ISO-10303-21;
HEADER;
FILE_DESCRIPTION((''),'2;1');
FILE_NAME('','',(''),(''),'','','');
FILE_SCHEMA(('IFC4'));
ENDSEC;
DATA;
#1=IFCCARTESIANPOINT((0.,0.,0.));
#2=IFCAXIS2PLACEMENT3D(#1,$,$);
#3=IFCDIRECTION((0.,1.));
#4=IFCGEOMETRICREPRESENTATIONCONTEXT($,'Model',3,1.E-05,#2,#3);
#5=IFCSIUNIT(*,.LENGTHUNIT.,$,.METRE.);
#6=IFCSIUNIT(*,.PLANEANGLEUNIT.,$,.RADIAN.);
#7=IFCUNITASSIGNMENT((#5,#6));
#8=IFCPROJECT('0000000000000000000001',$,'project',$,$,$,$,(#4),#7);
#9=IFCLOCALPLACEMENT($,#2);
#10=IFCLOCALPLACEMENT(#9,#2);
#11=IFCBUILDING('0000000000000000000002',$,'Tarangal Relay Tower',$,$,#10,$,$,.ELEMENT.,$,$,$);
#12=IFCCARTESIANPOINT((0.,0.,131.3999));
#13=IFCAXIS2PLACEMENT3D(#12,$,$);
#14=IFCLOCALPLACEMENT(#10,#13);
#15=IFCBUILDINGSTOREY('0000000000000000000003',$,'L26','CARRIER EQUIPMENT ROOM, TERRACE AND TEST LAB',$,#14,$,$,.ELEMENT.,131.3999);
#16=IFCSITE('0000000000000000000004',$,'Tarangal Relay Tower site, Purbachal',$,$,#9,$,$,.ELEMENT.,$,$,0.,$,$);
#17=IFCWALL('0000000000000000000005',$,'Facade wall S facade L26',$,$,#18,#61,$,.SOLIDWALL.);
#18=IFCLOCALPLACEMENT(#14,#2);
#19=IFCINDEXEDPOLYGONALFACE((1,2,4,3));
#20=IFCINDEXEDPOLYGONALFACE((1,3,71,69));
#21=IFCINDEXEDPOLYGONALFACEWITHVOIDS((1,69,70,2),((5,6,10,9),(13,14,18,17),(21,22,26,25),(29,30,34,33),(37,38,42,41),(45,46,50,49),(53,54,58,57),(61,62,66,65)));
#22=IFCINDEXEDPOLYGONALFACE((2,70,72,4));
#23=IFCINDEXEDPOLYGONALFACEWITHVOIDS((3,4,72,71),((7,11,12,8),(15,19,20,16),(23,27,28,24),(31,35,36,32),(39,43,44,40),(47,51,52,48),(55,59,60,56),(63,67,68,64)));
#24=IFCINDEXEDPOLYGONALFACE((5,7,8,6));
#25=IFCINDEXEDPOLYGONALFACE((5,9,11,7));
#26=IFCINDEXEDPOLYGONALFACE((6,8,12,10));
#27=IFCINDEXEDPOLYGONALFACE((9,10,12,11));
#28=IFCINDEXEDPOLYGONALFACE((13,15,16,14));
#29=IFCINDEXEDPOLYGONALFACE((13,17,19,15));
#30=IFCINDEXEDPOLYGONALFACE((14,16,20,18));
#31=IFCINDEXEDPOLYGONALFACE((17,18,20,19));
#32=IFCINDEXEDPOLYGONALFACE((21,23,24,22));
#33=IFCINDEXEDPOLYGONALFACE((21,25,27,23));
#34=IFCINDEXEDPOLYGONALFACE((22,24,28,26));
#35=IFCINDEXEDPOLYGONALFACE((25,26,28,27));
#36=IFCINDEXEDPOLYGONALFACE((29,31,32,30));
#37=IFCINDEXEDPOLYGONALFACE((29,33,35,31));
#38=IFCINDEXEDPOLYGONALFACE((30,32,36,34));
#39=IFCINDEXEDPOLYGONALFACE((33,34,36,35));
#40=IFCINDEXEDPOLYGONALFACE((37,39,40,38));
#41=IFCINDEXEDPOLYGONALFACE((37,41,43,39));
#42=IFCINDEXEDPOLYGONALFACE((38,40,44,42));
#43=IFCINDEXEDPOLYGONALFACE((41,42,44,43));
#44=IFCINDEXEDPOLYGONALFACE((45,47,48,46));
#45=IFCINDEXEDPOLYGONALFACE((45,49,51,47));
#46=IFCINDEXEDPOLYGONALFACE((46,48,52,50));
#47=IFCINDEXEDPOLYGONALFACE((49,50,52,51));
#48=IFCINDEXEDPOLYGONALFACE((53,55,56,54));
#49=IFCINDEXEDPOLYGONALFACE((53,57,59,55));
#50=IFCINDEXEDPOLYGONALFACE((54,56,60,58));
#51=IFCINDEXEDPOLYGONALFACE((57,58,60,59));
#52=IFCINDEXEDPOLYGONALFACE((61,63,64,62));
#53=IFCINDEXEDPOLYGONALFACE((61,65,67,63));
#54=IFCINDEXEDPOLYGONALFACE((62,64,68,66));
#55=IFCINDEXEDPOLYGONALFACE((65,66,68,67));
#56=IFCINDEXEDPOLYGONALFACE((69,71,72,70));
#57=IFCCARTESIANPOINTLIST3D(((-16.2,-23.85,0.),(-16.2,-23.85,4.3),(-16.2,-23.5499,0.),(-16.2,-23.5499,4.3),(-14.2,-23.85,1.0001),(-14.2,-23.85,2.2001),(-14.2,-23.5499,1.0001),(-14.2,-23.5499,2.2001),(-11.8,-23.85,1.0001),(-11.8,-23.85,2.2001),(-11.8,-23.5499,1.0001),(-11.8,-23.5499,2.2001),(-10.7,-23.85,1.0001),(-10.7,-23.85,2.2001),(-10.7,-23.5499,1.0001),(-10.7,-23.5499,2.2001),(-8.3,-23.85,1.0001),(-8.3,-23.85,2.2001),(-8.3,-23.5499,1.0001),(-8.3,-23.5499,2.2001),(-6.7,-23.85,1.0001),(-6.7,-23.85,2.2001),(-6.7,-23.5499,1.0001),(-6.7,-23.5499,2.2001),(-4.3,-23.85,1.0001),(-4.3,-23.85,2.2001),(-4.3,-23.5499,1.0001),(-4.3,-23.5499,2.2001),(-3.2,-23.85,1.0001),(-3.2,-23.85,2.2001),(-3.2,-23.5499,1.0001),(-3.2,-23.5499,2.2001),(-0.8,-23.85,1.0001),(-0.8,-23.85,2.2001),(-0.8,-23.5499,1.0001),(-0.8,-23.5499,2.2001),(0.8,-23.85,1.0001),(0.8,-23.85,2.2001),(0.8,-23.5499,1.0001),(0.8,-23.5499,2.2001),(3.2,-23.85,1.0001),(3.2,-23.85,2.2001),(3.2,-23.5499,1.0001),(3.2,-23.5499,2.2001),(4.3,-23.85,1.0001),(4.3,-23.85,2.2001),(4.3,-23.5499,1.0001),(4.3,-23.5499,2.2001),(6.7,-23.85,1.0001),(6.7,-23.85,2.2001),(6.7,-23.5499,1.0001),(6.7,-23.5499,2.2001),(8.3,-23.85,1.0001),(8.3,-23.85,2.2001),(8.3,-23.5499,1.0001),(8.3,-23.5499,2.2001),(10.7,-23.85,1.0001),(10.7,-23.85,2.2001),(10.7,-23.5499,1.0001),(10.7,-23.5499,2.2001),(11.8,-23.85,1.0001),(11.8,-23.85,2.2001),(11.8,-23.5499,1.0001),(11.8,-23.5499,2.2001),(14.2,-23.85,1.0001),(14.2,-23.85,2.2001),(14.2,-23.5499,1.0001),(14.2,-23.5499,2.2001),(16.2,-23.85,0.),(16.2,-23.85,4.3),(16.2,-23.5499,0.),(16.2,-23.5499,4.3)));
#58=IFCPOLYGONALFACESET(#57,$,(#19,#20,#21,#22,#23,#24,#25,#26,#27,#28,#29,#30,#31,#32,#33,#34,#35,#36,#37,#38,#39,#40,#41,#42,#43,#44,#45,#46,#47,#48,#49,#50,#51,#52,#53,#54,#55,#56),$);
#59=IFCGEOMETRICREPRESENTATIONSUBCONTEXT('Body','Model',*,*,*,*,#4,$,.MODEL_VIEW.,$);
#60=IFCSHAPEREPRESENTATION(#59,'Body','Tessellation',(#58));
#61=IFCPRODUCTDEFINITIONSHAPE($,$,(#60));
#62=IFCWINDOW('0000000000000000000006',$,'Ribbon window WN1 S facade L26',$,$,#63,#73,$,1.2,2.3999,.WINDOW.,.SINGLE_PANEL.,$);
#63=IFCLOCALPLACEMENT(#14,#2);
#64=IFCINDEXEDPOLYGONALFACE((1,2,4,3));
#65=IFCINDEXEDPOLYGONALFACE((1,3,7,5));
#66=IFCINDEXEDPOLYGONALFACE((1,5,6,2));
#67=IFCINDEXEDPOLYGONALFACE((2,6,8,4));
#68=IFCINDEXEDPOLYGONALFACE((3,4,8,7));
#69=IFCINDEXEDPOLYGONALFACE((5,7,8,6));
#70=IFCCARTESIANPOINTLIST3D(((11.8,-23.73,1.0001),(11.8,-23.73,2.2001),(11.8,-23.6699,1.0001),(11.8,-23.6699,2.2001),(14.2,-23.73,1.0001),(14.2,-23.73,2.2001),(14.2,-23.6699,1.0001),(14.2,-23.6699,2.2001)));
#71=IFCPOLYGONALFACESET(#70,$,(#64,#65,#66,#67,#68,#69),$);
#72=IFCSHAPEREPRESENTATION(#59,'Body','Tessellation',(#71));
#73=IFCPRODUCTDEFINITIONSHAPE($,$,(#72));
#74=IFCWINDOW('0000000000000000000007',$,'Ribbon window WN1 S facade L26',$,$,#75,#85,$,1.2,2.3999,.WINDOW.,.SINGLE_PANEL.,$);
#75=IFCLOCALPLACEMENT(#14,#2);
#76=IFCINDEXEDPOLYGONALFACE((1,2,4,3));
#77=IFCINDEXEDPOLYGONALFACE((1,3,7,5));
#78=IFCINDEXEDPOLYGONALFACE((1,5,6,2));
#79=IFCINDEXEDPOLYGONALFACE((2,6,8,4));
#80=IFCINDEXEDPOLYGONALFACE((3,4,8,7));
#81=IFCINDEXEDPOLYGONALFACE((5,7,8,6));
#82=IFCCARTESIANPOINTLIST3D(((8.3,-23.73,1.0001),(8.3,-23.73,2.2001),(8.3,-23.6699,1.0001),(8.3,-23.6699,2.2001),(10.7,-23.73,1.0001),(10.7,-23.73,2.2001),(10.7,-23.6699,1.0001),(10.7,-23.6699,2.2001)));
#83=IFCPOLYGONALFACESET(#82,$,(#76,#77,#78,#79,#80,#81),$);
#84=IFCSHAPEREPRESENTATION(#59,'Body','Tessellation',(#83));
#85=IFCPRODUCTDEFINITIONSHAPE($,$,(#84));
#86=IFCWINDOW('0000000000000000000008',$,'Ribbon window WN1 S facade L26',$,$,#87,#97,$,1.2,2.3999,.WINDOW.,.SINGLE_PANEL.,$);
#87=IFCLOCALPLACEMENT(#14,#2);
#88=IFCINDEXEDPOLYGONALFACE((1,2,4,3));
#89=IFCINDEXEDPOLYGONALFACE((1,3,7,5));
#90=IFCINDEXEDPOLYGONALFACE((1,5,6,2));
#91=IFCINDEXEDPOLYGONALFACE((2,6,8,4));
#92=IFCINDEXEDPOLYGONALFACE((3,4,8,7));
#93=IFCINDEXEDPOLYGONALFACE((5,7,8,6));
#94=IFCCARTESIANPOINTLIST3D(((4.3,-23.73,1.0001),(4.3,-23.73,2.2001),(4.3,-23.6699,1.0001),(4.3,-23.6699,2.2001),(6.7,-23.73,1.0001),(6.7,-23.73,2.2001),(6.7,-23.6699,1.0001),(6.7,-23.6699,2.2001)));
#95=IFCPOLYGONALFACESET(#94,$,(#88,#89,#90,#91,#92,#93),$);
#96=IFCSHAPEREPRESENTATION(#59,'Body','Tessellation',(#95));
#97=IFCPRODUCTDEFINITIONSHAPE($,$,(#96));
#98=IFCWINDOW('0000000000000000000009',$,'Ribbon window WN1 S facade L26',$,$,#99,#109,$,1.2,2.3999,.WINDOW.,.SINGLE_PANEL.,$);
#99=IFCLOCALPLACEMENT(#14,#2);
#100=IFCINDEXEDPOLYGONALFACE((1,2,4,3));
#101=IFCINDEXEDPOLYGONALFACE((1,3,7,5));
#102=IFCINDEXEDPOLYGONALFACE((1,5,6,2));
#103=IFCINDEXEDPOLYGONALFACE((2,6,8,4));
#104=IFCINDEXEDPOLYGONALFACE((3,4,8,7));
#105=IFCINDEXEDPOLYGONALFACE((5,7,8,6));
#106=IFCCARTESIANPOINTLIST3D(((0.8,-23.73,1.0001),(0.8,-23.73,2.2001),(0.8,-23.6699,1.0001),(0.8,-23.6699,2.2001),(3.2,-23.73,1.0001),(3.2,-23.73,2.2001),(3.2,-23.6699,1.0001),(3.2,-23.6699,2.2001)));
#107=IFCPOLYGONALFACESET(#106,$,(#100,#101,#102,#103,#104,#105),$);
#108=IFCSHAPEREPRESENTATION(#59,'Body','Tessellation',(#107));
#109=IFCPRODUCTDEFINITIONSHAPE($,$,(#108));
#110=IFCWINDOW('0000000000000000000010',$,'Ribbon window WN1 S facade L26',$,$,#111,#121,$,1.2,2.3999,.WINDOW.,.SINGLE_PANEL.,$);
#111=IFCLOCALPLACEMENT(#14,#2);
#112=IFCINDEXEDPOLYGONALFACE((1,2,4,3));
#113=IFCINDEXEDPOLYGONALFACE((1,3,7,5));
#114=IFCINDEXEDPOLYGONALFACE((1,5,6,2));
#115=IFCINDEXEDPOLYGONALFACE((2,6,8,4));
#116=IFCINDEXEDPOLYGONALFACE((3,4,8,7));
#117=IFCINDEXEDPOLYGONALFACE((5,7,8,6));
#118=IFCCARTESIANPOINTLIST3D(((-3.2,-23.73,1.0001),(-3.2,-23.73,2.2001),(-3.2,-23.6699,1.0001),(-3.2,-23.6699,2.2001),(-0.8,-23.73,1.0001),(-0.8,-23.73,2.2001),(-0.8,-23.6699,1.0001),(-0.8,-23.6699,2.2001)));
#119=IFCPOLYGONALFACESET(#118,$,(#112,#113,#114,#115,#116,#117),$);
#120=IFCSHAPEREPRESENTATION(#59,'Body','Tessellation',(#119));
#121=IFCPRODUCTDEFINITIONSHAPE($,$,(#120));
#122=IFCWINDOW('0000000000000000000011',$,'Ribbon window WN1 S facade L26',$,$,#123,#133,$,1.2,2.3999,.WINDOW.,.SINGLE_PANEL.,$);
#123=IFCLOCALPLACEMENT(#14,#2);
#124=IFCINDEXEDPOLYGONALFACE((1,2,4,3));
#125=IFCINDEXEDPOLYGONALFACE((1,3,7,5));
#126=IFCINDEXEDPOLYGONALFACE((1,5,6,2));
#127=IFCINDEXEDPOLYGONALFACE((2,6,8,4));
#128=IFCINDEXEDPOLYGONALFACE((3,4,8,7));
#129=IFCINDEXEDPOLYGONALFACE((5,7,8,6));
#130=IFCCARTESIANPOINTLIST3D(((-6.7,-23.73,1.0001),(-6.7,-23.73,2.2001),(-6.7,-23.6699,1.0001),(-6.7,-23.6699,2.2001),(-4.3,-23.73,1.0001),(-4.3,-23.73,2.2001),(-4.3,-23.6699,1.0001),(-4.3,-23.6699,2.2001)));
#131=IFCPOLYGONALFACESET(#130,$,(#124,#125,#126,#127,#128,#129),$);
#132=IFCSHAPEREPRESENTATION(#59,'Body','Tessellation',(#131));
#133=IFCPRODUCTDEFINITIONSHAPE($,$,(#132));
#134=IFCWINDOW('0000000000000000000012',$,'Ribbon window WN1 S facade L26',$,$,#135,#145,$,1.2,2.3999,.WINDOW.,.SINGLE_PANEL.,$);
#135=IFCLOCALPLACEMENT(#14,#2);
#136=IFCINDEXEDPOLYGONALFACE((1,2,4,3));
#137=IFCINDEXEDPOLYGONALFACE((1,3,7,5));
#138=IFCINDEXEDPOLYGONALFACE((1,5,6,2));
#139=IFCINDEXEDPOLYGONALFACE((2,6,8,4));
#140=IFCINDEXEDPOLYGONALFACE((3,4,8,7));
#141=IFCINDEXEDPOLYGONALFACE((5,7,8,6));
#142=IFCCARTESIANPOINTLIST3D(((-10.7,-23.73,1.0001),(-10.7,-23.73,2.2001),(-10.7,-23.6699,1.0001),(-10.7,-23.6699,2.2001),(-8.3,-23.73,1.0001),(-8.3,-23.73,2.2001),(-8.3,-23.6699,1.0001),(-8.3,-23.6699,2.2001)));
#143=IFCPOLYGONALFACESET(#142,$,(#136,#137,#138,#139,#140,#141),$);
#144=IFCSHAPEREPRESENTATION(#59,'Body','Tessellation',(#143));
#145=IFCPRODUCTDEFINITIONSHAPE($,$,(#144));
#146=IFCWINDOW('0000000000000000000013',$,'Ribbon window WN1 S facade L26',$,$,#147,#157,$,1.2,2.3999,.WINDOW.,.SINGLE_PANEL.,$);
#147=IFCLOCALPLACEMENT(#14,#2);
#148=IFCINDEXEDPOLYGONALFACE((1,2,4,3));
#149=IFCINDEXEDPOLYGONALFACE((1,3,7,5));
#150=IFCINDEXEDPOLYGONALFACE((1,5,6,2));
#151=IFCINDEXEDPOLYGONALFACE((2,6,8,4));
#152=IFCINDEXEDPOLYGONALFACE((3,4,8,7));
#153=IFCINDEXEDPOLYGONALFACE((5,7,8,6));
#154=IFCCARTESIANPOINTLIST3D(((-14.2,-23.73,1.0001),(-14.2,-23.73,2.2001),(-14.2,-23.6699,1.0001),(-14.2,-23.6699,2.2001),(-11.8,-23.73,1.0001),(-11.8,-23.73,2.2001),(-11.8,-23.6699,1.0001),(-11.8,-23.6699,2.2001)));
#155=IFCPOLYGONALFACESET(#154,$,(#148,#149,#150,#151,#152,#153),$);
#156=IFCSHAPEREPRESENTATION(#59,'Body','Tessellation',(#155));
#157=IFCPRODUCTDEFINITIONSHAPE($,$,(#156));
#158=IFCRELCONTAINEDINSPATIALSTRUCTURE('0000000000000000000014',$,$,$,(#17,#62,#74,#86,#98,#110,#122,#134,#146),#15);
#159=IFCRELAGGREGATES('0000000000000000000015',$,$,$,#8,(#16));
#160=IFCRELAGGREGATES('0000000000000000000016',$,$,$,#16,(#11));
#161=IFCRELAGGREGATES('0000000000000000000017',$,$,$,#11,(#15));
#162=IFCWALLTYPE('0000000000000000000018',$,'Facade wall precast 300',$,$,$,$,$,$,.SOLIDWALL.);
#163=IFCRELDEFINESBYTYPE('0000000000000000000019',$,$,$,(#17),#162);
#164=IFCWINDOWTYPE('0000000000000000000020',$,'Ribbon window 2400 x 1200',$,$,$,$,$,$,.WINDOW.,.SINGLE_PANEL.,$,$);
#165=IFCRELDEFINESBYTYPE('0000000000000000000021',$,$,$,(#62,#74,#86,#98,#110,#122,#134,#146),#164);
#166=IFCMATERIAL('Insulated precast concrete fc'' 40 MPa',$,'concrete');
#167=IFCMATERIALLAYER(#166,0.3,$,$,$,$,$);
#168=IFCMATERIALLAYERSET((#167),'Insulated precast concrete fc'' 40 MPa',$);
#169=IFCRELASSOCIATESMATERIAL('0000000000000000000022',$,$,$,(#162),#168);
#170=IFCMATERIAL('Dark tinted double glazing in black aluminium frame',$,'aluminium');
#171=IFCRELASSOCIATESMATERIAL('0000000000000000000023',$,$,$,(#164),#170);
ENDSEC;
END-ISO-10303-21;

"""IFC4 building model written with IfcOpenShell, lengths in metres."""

from ifc_helpers import new_model, si_unit, direction, frame, frame_2d, origin, place, context, subcontext, project, spatial, rectangle, extrude, material, layer, layer_set, type_object, element, fill, save


model = new_model("IFC4")

# Units and contexts
model_context = context("Model", 3, precision=1e-05, world=origin(), true_north=direction((0.0, 1.0)))
body_context = subcontext(model_context, "Body", "Model", "MODEL_VIEW")
ifc_project = project(units=[si_unit("LENGTHUNIT", "METRE"), si_unit("PLANEANGLEUNIT", "RADIAN")], contexts=[model_context])

# Site, building, storey
site_placement = place(None, origin())
site = spatial("IfcSite", under=ifc_project, at=site_placement, Name="Tarangal Relay Tower site, Purbachal", CompositionType="ELEMENT", RefElevation=0.0)
building_placement = place(site_placement, origin())
building = spatial("IfcBuilding", under=site, at=building_placement, Name="Tarangal Relay Tower", CompositionType="ELEMENT")
storey_placement = place(building_placement, frame((0.0, 0.0, 131.3999)))
storey = spatial("IfcBuildingStorey", under=building, at=storey_placement, Name="L26", Description="CARRIER EQUIPMENT ROOM, TERRACE AND TEST LAB", CompositionType="ELEMENT", Elevation=131.3999)

# Shared definitions
ifc_material_1 = material(Name="Insulated precast concrete fc' 40 MPa", Category="concrete")
ifc_layer_1 = layer(ifc_material_1, 0.3)
ifc_layer_set_1 = layer_set([ifc_layer_1], Name="Insulated precast concrete fc' 40 MPa")
wall_type_1 = type_object("IfcWallType", Name="Facade wall precast 300", PredefinedType="SOLIDWALL", material=ifc_layer_set_1)

# Wall, openings, windows
wall_1_placement = place(storey_placement, frame((16.2, -23.7, 0.0), z_axis=(0.0, 0.0, 1.0), x_axis=(-1.0, 0.0, 0.0)))
wall_1 = element("IfcWall", 1, at=wall_1_placement, inside=storey, type_object=wall_type_1, Name="Facade wall S facade L26", PredefinedType="SOLIDWALL", context=body_context, shape_type="SweptSolid", body=[
    extrude(rectangle(XDim=32.3999, YDim=0.3, at=frame_2d((16.2, 0.0))), origin(), (0.0, 0.0, 1.0), 4.3),
])
opening_1_placement = place(wall_1_placement, frame((2.0, 0.0, 1.0)))
opening_1 = element("IfcOpeningElement", 2, at=opening_1_placement, cuts=wall_1, PredefinedType="OPENING", context=body_context, shape_type="SweptSolid", body=[
    extrude(rectangle(XDim=2.3999, YDim=1.2, at=frame_2d((1.2, 0.6001))), frame((0.0, 0.1599, 0.0), z_axis=(0.0, -1.0, 0.0), x_axis=(1.0, 0.0, 0.0)), (0.0, 0.0, 1.0), 0.3201),
])
opening_2_placement = place(wall_1_placement, frame((5.5, 0.0, 1.0)))
opening_2 = element("IfcOpeningElement", 3, at=opening_2_placement, cuts=wall_1, PredefinedType="OPENING", context=body_context, shape_type="SweptSolid", body=[
    extrude(rectangle(XDim=2.3999, YDim=1.2, at=frame_2d((1.2, 0.6001))), frame((0.0, 0.1599, 0.0), z_axis=(0.0, -1.0, 0.0), x_axis=(1.0, 0.0, 0.0)), (0.0, 0.0, 1.0), 0.3201),
])
opening_3_placement = place(wall_1_placement, frame((9.5, 0.0, 1.0)))
opening_3 = element("IfcOpeningElement", 4, at=opening_3_placement, cuts=wall_1, PredefinedType="OPENING", context=body_context, shape_type="SweptSolid", body=[
    extrude(rectangle(XDim=2.3999, YDim=1.2, at=frame_2d((1.2, 0.6001))), frame((0.0, 0.1599, 0.0), z_axis=(0.0, -1.0, 0.0), x_axis=(1.0, 0.0, 0.0)), (0.0, 0.0, 1.0), 0.3201),
])
opening_4_placement = place(wall_1_placement, frame((13.0, 0.0, 1.0)))
opening_4 = element("IfcOpeningElement", 5, at=opening_4_placement, cuts=wall_1, PredefinedType="OPENING", context=body_context, shape_type="SweptSolid", body=[
    extrude(rectangle(XDim=2.3999, YDim=1.2, at=frame_2d((1.2, 0.6001))), frame((0.0, 0.1599, 0.0), z_axis=(0.0, -1.0, 0.0), x_axis=(1.0, 0.0, 0.0)), (0.0, 0.0, 1.0), 0.3201),
])
opening_5_placement = place(wall_1_placement, frame((17.0, 0.0, 1.0)))
opening_5 = element("IfcOpeningElement", 6, at=opening_5_placement, cuts=wall_1, PredefinedType="OPENING", context=body_context, shape_type="SweptSolid", body=[
    extrude(rectangle(XDim=2.3999, YDim=1.2, at=frame_2d((1.2, 0.6001))), frame((0.0, 0.1599, 0.0), z_axis=(0.0, -1.0, 0.0), x_axis=(1.0, 0.0, 0.0)), (0.0, 0.0, 1.0), 0.3201),
])
opening_6_placement = place(wall_1_placement, frame((20.5, 0.0, 1.0)))
opening_6 = element("IfcOpeningElement", 7, at=opening_6_placement, cuts=wall_1, PredefinedType="OPENING", context=body_context, shape_type="SweptSolid", body=[
    extrude(rectangle(XDim=2.3999, YDim=1.2, at=frame_2d((1.2, 0.6001))), frame((0.0, 0.1599, 0.0), z_axis=(0.0, -1.0, 0.0), x_axis=(1.0, 0.0, 0.0)), (0.0, 0.0, 1.0), 0.3201),
])
opening_7_placement = place(wall_1_placement, frame((24.5, 0.0, 1.0)))
opening_7 = element("IfcOpeningElement", 8, at=opening_7_placement, cuts=wall_1, PredefinedType="OPENING", context=body_context, shape_type="SweptSolid", body=[
    extrude(rectangle(XDim=2.3999, YDim=1.2, at=frame_2d((1.2, 0.6001))), frame((0.0, 0.1599, 0.0), z_axis=(0.0, -1.0, 0.0), x_axis=(1.0, 0.0, 0.0)), (0.0, 0.0, 1.0), 0.3201),
])
opening_8_placement = place(wall_1_placement, frame((28.0, 0.0, 1.0)))
opening_8 = element("IfcOpeningElement", 9, at=opening_8_placement, cuts=wall_1, PredefinedType="OPENING", context=body_context, shape_type="SweptSolid", body=[
    extrude(rectangle(XDim=2.3999, YDim=1.2, at=frame_2d((1.2, 0.6001))), frame((0.0, 0.1599, 0.0), z_axis=(0.0, -1.0, 0.0), x_axis=(1.0, 0.0, 0.0)), (0.0, 0.0, 1.0), 0.3201),
])
ifc_material_2 = material(Name="Dark tinted double glazing in black aluminium frame", Category="aluminium")
window_type = type_object("IfcWindowType", Name="Ribbon window 2400 x 1200", PartitioningType="SINGLE_PANEL", PredefinedType="WINDOW", material=ifc_material_2)
window_1_placement = place(opening_1_placement, origin())
window_1 = element("IfcWindow", 10, at=window_1_placement, inside=storey, type_object=window_type, Name="Ribbon window WN1 S facade L26", OverallHeight=1.2, OverallWidth=2.3999, PartitioningType="SINGLE_PANEL", PredefinedType="WINDOW", context=body_context, shape_type="SweptSolid", body=[
    extrude(rectangle(XDim=2.3999, YDim=1.2, at=frame_2d((1.2, 0.6001))), frame((0.0, 0.03, 0.0), z_axis=(0.0, -1.0, 0.0), x_axis=(1.0, 0.0, 0.0)), (0.0, 0.0, 1.0), 0.0601),
])
fill(opening_1, window_1)
window_2_placement = place(opening_2_placement, origin())
window_2 = element("IfcWindow", 11, at=window_2_placement, inside=storey, type_object=window_type, Name="Ribbon window WN1 S facade L26", OverallHeight=1.2, OverallWidth=2.3999, PartitioningType="SINGLE_PANEL", PredefinedType="WINDOW", context=body_context, shape_type="SweptSolid", body=[
    extrude(rectangle(XDim=2.3999, YDim=1.2, at=frame_2d((1.2, 0.6001))), frame((0.0, 0.03, 0.0), z_axis=(0.0, -1.0, 0.0), x_axis=(1.0, 0.0, 0.0)), (0.0, 0.0, 1.0), 0.0601),
])
fill(opening_2, window_2)
window_3_placement = place(opening_3_placement, origin())
window_3 = element("IfcWindow", 12, at=window_3_placement, inside=storey, type_object=window_type, Name="Ribbon window WN1 S facade L26", OverallHeight=1.2, OverallWidth=2.3999, PartitioningType="SINGLE_PANEL", PredefinedType="WINDOW", context=body_context, shape_type="SweptSolid", body=[
    extrude(rectangle(XDim=2.3999, YDim=1.2, at=frame_2d((1.2, 0.6001))), frame((0.0, 0.03, 0.0), z_axis=(0.0, -1.0, 0.0), x_axis=(1.0, 0.0, 0.0)), (0.0, 0.0, 1.0), 0.0601),
])
fill(opening_3, window_3)
window_4_placement = place(opening_4_placement, origin())
window_4 = element("IfcWindow", 13, at=window_4_placement, inside=storey, type_object=window_type, Name="Ribbon window WN1 S facade L26", OverallHeight=1.2, OverallWidth=2.3999, PartitioningType="SINGLE_PANEL", PredefinedType="WINDOW", context=body_context, shape_type="SweptSolid", body=[
    extrude(rectangle(XDim=2.3999, YDim=1.2, at=frame_2d((1.2, 0.6001))), frame((0.0, 0.03, 0.0), z_axis=(0.0, -1.0, 0.0), x_axis=(1.0, 0.0, 0.0)), (0.0, 0.0, 1.0), 0.0601),
])
fill(opening_4, window_4)
window_5_placement = place(opening_5_placement, origin())
window_5 = element("IfcWindow", 14, at=window_5_placement, inside=storey, type_object=window_type, Name="Ribbon window WN1 S facade L26", OverallHeight=1.2, OverallWidth=2.3999, PartitioningType="SINGLE_PANEL", PredefinedType="WINDOW", context=body_context, shape_type="SweptSolid", body=[
    extrude(rectangle(XDim=2.3999, YDim=1.2, at=frame_2d((1.2, 0.6001))), frame((0.0, 0.03, 0.0), z_axis=(0.0, -1.0, 0.0), x_axis=(1.0, 0.0, 0.0)), (0.0, 0.0, 1.0), 0.0601),
])
fill(opening_5, window_5)
window_6_placement = place(opening_6_placement, origin())
window_6 = element("IfcWindow", 15, at=window_6_placement, inside=storey, type_object=window_type, Name="Ribbon window WN1 S facade L26", OverallHeight=1.2, OverallWidth=2.3999, PartitioningType="SINGLE_PANEL", PredefinedType="WINDOW", context=body_context, shape_type="SweptSolid", body=[
    extrude(rectangle(XDim=2.3999, YDim=1.2, at=frame_2d((1.2, 0.6001))), frame((0.0, 0.03, 0.0), z_axis=(0.0, -1.0, 0.0), x_axis=(1.0, 0.0, 0.0)), (0.0, 0.0, 1.0), 0.0601),
])
fill(opening_6, window_6)
window_7_placement = place(opening_7_placement, origin())
window_7 = element("IfcWindow", 16, at=window_7_placement, inside=storey, type_object=window_type, Name="Ribbon window WN1 S facade L26", OverallHeight=1.2, OverallWidth=2.3999, PartitioningType="SINGLE_PANEL", PredefinedType="WINDOW", context=body_context, shape_type="SweptSolid", body=[
    extrude(rectangle(XDim=2.3999, YDim=1.2, at=frame_2d((1.2, 0.6001))), frame((0.0, 0.03, 0.0), z_axis=(0.0, -1.0, 0.0), x_axis=(1.0, 0.0, 0.0)), (0.0, 0.0, 1.0), 0.0601),
])
fill(opening_7, window_7)
window_8_placement = place(opening_8_placement, origin())
window_8 = element("IfcWindow", 17, at=window_8_placement, inside=storey, type_object=window_type, Name="Ribbon window WN1 S facade L26", OverallHeight=1.2, OverallWidth=2.3999, PartitioningType="SINGLE_PANEL", PredefinedType="WINDOW", context=body_context, shape_type="SweptSolid", body=[
    extrude(rectangle(XDim=2.3999, YDim=1.2, at=frame_2d((1.2, 0.6001))), frame((0.0, 0.03, 0.0), z_axis=(0.0, -1.0, 0.0), x_axis=(1.0, 0.0, 0.0)), (0.0, 0.0, 1.0), 0.0601),
])
fill(opening_8, window_8)

save(model, "model.ifc")
